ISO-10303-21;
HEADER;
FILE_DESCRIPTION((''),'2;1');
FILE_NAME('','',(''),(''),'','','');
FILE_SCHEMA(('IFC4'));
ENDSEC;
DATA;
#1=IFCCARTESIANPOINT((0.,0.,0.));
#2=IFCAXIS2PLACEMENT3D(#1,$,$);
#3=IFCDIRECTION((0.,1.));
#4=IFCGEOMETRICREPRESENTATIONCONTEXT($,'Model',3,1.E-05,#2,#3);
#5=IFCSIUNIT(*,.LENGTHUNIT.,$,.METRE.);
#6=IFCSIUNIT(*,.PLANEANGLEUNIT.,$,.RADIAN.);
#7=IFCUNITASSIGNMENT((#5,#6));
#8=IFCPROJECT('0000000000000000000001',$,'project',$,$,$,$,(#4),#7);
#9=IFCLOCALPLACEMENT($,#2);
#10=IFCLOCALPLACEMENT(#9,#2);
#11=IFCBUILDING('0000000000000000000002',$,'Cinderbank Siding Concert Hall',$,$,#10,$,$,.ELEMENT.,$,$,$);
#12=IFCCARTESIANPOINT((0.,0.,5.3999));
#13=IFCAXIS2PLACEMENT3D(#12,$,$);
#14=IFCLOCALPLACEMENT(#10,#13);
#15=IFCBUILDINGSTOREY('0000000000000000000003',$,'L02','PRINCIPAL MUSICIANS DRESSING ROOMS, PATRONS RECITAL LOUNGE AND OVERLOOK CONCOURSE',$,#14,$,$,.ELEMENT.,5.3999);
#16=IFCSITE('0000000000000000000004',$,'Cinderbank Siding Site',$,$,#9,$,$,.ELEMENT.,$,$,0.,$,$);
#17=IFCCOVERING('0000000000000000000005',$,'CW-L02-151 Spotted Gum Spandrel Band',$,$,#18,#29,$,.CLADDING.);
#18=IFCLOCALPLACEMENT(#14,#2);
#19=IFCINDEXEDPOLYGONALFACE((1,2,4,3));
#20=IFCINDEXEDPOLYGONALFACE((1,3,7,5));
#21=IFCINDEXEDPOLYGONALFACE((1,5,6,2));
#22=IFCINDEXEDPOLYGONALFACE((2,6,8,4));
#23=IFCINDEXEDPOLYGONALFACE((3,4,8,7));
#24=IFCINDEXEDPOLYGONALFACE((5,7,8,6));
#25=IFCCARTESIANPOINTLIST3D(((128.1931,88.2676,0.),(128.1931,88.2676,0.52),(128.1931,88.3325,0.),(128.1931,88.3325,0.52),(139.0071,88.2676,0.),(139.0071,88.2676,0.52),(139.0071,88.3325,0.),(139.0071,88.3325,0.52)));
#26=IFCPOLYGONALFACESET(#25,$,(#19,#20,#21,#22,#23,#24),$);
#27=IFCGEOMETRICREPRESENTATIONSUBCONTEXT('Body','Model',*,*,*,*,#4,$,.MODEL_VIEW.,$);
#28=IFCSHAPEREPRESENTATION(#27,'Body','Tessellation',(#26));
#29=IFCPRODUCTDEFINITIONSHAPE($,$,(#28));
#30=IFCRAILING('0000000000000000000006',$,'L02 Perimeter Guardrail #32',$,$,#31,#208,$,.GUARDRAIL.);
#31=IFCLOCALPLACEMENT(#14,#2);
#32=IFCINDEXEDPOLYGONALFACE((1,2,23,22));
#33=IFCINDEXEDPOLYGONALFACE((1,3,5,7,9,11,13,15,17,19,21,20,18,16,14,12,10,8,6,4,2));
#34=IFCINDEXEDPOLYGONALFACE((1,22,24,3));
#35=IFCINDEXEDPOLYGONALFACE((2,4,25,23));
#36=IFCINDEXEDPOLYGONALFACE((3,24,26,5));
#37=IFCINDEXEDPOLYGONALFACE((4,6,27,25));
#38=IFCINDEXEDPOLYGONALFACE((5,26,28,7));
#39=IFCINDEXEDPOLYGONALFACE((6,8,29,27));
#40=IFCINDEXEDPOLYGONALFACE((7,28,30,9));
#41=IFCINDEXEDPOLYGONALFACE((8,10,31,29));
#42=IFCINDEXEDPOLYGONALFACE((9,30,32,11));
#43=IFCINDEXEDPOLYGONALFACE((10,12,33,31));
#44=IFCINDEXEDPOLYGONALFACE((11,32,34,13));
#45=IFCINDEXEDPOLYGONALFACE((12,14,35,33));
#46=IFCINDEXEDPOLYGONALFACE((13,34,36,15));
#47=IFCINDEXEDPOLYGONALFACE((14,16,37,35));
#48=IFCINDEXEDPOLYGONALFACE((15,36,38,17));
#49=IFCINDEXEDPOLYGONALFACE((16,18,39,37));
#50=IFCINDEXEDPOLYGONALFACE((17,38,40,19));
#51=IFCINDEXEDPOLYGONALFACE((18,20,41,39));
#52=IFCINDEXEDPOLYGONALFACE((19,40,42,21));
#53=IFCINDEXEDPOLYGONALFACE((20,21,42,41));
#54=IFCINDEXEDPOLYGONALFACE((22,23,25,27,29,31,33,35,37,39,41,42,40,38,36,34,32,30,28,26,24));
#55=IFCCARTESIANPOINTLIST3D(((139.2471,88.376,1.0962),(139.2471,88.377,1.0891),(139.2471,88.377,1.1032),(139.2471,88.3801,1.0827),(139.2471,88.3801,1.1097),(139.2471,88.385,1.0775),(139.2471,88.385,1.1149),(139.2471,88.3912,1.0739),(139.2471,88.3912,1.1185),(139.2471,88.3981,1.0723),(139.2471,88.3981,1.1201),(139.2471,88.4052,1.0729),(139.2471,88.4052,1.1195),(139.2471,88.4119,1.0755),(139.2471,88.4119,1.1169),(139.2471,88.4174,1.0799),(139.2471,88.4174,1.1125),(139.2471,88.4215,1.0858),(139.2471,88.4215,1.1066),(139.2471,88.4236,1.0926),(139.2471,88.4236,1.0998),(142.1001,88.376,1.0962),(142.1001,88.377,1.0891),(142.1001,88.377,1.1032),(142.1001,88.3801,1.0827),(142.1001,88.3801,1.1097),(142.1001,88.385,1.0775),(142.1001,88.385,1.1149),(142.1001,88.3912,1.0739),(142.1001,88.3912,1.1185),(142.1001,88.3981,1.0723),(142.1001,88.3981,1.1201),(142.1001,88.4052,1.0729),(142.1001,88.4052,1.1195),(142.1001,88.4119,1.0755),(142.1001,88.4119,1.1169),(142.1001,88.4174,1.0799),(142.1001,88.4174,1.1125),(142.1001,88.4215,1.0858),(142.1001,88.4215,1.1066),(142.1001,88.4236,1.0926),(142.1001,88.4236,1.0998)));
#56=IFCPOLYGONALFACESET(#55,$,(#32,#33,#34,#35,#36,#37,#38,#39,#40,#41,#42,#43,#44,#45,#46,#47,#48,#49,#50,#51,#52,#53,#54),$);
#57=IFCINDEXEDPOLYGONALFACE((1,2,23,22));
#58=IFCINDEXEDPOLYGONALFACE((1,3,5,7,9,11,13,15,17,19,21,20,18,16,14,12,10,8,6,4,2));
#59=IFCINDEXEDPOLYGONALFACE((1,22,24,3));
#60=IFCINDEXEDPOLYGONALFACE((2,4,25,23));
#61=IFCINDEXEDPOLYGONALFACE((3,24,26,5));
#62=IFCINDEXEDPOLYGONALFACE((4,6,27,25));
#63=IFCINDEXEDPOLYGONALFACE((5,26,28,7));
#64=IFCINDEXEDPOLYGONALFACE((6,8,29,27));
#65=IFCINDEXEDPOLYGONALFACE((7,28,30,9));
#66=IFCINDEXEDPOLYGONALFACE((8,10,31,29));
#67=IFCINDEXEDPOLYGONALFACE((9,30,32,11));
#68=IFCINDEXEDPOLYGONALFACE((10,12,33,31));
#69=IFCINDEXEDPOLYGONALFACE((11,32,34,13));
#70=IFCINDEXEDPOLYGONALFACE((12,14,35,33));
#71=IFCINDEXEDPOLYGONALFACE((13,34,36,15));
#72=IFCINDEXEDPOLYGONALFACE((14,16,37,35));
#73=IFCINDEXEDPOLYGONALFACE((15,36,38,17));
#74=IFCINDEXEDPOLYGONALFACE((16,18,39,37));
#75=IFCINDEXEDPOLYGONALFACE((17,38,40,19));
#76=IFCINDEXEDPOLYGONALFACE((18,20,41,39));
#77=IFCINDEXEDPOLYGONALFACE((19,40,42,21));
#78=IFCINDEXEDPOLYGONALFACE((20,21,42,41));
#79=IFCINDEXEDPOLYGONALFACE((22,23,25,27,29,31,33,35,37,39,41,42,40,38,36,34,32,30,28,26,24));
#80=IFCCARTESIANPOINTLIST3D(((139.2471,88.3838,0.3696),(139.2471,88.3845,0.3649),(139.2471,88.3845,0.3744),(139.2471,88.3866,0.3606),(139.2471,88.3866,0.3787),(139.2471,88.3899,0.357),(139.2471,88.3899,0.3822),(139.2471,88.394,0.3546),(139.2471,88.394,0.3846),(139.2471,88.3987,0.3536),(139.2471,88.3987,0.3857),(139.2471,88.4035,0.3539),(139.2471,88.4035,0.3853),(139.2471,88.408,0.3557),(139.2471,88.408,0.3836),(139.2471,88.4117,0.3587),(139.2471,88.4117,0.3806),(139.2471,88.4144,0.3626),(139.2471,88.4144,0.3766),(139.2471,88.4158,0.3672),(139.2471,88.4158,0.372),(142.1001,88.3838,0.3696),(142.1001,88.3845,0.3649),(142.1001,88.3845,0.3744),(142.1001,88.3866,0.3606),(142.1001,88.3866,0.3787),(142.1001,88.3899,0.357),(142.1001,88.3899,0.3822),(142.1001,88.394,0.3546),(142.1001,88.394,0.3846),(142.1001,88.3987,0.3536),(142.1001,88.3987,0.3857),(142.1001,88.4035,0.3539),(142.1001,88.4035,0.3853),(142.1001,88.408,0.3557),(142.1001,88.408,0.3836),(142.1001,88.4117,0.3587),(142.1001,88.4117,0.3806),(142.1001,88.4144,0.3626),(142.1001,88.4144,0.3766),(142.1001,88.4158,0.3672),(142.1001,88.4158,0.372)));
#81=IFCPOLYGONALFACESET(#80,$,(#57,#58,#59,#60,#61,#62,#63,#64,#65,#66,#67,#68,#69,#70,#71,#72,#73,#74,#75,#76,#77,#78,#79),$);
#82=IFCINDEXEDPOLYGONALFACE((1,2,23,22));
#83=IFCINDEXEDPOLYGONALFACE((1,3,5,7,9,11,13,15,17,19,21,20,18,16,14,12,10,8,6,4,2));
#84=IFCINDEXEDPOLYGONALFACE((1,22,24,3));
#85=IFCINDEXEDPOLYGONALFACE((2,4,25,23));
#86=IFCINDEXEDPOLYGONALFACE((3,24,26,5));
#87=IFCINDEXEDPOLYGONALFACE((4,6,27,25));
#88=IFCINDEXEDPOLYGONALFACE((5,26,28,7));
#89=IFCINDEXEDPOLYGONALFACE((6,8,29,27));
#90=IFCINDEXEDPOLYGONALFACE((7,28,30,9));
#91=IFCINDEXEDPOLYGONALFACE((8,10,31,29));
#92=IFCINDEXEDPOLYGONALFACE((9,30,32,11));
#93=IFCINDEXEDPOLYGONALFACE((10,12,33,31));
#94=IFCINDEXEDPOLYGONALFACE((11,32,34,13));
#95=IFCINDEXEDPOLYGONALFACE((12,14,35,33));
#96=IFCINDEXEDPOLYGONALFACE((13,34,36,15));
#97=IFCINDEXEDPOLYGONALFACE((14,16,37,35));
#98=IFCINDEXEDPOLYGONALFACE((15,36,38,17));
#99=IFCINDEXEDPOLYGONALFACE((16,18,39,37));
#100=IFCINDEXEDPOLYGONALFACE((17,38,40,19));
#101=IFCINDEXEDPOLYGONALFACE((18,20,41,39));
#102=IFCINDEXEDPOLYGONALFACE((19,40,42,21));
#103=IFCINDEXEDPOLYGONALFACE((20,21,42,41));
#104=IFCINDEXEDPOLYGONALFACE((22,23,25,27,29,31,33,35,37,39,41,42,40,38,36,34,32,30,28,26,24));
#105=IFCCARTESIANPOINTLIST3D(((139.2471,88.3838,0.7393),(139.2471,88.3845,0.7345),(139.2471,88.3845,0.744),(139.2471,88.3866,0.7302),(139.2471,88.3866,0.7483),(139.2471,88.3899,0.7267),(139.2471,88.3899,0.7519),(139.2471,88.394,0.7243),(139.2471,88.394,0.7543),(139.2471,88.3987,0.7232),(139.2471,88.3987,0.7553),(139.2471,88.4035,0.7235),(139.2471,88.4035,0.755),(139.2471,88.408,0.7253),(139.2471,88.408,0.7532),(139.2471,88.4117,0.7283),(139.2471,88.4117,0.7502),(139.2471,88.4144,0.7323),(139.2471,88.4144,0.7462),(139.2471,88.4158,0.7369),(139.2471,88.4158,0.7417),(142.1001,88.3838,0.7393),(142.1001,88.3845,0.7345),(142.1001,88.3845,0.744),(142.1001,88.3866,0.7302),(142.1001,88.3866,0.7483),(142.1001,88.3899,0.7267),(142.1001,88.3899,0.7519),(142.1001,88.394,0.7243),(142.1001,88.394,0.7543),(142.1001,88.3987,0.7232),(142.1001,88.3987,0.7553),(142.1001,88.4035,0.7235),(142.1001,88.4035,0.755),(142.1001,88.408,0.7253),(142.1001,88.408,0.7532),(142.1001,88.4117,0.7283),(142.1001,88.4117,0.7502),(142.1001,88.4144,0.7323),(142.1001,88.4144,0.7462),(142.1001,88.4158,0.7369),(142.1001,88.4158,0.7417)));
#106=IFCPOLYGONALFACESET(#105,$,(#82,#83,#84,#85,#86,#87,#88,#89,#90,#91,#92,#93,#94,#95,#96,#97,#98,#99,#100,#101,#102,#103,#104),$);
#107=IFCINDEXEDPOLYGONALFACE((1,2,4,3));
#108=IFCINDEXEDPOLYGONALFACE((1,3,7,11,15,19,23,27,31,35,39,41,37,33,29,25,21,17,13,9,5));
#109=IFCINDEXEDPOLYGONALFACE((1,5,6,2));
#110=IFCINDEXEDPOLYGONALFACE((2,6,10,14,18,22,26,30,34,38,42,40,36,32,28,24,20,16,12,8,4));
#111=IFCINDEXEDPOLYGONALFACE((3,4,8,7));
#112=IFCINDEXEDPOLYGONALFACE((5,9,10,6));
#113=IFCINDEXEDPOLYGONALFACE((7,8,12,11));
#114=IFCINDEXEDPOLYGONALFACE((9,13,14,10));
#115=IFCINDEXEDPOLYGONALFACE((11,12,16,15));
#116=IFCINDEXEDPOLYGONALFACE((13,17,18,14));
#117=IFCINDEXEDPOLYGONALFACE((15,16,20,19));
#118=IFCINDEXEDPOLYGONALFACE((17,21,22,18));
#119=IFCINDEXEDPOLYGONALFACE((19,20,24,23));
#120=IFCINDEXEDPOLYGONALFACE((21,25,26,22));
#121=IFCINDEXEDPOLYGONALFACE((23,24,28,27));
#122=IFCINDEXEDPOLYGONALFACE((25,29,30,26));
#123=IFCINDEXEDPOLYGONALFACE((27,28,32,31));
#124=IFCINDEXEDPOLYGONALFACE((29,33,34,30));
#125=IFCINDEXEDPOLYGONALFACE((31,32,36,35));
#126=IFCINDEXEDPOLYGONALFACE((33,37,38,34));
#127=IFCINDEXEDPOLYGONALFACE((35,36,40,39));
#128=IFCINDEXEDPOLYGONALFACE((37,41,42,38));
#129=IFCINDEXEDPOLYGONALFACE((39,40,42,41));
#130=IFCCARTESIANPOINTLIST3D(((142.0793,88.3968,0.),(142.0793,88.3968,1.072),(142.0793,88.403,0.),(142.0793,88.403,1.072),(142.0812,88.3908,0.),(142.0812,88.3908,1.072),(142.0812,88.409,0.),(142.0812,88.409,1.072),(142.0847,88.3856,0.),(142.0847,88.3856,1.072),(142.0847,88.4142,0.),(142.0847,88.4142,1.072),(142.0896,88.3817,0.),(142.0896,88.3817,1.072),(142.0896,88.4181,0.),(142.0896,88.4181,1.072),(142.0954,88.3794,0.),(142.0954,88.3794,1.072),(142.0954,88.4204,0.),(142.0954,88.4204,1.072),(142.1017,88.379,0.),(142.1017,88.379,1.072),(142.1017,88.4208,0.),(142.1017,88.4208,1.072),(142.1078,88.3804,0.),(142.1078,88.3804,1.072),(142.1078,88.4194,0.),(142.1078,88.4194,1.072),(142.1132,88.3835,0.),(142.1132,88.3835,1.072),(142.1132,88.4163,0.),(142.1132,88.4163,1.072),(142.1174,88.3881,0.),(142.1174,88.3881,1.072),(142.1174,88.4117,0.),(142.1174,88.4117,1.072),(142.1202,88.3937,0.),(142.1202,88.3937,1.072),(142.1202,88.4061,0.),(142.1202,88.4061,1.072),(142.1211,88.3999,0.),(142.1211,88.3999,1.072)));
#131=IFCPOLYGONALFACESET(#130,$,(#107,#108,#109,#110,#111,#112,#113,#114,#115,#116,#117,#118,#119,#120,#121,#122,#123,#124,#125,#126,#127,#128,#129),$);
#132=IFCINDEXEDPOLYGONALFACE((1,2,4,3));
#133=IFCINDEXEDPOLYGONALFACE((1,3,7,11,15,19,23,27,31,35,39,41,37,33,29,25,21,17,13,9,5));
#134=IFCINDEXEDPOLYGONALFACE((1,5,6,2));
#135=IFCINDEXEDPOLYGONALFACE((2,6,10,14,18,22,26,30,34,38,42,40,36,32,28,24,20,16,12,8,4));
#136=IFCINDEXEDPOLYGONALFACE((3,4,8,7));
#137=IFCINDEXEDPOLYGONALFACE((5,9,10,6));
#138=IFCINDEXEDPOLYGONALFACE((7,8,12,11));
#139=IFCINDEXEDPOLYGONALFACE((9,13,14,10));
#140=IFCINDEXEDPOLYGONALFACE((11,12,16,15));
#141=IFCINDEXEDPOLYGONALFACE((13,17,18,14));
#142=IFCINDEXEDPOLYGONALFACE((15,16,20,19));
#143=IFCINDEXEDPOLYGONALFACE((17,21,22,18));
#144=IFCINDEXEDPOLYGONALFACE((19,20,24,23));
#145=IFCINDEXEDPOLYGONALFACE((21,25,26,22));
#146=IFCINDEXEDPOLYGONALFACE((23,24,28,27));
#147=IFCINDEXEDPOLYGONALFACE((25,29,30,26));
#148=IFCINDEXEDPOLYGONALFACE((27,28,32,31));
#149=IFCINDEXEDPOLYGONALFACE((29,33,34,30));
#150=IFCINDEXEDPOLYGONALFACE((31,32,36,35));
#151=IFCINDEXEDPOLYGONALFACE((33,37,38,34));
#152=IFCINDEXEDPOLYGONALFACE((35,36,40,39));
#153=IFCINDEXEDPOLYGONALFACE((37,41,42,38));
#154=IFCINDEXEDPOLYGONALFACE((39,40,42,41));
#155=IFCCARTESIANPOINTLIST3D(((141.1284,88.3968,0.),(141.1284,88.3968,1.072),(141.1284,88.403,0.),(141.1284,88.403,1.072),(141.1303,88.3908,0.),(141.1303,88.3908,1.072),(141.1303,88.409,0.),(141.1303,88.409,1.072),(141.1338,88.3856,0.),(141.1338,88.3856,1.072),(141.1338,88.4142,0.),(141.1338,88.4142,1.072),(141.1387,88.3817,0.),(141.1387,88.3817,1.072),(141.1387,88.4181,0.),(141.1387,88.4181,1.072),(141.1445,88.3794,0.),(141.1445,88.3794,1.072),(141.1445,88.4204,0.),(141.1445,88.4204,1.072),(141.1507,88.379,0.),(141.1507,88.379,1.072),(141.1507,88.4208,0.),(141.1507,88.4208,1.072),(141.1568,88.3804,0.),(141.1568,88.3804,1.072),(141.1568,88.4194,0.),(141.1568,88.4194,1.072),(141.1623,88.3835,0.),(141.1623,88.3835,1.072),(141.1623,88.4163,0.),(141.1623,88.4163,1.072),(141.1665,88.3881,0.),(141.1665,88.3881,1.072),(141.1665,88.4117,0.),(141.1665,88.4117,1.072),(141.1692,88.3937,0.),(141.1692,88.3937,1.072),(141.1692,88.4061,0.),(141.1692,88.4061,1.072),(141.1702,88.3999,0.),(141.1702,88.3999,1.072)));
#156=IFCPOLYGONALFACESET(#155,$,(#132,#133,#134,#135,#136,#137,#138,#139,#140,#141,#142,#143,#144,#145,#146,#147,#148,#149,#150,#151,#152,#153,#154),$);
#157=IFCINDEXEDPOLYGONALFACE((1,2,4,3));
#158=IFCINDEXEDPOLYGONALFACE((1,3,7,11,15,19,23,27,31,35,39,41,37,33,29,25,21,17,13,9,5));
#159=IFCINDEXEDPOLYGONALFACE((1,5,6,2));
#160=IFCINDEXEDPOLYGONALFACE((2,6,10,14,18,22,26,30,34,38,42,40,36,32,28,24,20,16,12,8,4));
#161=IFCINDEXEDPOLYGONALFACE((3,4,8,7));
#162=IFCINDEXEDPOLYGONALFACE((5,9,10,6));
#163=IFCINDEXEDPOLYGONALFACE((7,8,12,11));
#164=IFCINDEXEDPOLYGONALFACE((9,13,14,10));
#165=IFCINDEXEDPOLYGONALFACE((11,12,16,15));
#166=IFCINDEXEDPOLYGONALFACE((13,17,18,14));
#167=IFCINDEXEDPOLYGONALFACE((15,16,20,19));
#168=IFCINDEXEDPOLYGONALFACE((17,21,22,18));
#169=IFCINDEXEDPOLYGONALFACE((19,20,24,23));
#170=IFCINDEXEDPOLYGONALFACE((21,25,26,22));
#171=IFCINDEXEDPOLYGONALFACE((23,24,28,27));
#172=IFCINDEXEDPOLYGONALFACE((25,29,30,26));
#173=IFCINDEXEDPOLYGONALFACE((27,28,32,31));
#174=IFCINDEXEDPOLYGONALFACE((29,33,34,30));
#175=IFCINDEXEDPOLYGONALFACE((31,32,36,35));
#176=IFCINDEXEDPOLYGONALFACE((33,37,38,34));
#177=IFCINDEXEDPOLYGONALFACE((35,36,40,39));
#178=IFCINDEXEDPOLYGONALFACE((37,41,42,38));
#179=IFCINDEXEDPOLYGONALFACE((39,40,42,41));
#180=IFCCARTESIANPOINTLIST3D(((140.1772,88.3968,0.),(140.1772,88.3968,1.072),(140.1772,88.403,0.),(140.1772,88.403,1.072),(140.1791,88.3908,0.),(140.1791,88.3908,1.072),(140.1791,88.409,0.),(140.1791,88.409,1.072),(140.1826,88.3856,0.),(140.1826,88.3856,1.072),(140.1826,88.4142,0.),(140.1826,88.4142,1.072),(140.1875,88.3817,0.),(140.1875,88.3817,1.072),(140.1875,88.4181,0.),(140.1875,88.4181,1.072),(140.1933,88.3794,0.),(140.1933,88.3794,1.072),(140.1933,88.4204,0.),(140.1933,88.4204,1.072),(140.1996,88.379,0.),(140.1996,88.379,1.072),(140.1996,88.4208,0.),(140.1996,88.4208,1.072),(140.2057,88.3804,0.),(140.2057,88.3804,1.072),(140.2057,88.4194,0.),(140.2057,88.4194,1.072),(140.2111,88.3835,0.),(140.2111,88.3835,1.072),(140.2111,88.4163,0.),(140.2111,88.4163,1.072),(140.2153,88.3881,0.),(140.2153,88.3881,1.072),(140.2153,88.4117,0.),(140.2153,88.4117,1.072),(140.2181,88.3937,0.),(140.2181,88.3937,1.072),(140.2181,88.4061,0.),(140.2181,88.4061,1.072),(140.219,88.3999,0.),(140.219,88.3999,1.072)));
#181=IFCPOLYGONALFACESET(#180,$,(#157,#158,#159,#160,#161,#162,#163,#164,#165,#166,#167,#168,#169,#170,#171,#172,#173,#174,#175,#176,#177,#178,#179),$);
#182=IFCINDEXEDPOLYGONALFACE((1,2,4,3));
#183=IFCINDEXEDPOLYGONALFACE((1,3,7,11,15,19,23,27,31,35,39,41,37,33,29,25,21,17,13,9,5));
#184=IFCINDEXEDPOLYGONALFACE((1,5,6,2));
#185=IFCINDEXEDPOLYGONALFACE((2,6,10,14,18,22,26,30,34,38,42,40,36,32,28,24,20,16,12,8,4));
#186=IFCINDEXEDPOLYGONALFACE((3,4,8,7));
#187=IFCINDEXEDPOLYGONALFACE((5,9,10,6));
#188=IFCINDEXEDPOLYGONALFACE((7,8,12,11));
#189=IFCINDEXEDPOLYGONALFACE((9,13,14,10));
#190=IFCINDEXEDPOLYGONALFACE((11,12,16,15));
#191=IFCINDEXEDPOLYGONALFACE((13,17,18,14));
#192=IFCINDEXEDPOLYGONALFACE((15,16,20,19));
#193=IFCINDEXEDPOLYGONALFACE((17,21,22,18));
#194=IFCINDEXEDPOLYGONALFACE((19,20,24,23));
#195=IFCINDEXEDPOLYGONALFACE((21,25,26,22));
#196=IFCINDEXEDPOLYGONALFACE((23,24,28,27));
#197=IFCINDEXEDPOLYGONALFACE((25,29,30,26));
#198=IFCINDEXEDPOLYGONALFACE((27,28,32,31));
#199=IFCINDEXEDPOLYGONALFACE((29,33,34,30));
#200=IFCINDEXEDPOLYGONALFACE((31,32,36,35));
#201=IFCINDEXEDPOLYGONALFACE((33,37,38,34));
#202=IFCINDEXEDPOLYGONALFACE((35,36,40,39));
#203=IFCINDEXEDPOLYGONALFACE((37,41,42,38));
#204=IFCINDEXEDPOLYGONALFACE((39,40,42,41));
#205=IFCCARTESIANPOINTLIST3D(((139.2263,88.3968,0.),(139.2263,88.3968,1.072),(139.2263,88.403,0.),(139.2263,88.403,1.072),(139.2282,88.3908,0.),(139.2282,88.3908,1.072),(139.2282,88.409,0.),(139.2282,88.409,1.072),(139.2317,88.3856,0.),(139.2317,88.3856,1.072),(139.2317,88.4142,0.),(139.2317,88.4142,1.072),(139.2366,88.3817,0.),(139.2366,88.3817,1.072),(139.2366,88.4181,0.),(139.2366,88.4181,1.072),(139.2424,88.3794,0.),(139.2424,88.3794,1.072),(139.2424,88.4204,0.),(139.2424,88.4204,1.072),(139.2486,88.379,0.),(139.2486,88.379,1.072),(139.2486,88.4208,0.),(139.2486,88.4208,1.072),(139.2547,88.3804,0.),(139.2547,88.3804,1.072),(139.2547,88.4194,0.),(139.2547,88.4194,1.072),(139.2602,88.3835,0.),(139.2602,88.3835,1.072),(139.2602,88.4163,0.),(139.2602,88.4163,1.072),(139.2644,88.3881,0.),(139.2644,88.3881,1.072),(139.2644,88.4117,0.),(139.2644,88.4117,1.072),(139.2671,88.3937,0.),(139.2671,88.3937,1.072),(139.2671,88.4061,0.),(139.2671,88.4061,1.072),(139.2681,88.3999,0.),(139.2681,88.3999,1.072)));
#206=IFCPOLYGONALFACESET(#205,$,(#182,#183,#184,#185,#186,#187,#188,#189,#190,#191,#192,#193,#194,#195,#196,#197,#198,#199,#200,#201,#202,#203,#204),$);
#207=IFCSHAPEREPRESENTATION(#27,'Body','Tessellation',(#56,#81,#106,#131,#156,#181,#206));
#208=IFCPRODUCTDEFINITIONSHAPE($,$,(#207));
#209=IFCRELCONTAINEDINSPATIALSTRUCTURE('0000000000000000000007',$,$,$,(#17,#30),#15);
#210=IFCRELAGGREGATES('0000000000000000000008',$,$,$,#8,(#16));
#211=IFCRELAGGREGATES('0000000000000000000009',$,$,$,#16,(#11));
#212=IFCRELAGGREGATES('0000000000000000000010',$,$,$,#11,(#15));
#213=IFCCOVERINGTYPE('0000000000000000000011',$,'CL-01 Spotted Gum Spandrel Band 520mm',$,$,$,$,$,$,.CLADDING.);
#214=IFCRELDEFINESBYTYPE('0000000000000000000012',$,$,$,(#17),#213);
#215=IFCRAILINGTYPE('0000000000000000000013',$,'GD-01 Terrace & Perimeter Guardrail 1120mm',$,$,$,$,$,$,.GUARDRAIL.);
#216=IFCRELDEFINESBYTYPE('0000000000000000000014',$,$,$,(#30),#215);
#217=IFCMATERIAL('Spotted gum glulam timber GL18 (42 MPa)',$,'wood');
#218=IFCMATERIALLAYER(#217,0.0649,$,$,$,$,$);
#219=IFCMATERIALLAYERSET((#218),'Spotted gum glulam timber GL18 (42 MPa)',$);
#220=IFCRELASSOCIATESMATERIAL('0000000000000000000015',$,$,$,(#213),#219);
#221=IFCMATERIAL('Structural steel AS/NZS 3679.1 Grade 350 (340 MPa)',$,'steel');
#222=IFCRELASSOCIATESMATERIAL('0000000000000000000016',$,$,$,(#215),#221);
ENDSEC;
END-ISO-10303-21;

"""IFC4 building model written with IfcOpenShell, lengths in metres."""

from ifc_helpers import new_model, si_unit, direction, frame, origin, origin_2d, place, context, subcontext, project, spatial, rectangle, circle, extrude, material, layer, layer_set, type_object, element, save


model = new_model("IFC4")

# Units and contexts
model_context = context("Model", 3, precision=1e-05, world=origin(), true_north=direction((0.0, 1.0)))
body_context = subcontext(model_context, "Body", "Model", "MODEL_VIEW")
ifc_project = project(units=[si_unit("LENGTHUNIT", "METRE"), si_unit("PLANEANGLEUNIT", "RADIAN")], contexts=[model_context])

# Site, building, storey
site_placement = place(None, origin())
site = spatial("IfcSite", under=ifc_project, at=site_placement, Name="Cinderbank Siding Site", CompositionType="ELEMENT", RefElevation=0.0)
building_placement = place(site_placement, origin())
building = spatial("IfcBuilding", under=site, at=building_placement, Name="Cinderbank Siding Concert Hall", CompositionType="ELEMENT")
storey_placement = place(building_placement, frame((0.0, 0.0, 5.3999)))
storey = spatial("IfcBuildingStorey", under=building, at=storey_placement, Name="L02", Description="PRINCIPAL MUSICIANS DRESSING ROOMS, PATRONS RECITAL LOUNGE AND OVERLOOK CONCOURSE", CompositionType="ELEMENT", Elevation=5.3999)

# Covering
ifc_material_1 = material(Name="Spotted gum glulam timber GL18 (42 MPa)", Category="wood")
ifc_layer_1 = layer(ifc_material_1, 0.0649)
ifc_layer_set_1 = layer_set([ifc_layer_1], Name="Spotted gum glulam timber GL18 (42 MPa)")
covering_type = type_object("IfcCoveringType", Name="CL-01 Spotted Gum Spandrel Band 520mm", PredefinedType="CLADDING", material=ifc_layer_set_1)
covering_placement = place(storey_placement, frame((133.6001, 88.3, 0.0), z_axis=(0.0, 0.0, 1.0), x_axis=(1.0, 0.0, 0.0)))
element("IfcCovering", 1, at=covering_placement, inside=storey, type_object=covering_type, Name="CW-L02-151 Spotted Gum Spandrel Band", PredefinedType="CLADDING", context=body_context, shape_type="SweptSolid", body=[
    extrude(rectangle(XDim=10.814, YDim=0.0649, at=origin_2d()), origin(), (0.0, 0.0, 1.0), 0.52),
])

# Railing
ifc_material_2 = material(Name="Structural steel AS/NZS 3679.1 Grade 350 (340 MPa)", Category="steel")
railing_type = type_object("IfcRailingType", Name="GD-01 Terrace & Perimeter Guardrail 1120mm", PredefinedType="GUARDRAIL", material=ifc_material_2)
railing_placement = place(storey_placement, frame((142.1001, 88.3999, 0.0)))
element("IfcRailing", 2, at=railing_placement, inside=storey, type_object=railing_type, Name="L02 Perimeter Guardrail #32", PredefinedType="GUARDRAIL", context=body_context, shape_type="SweptSolid", body=[
    extrude(circle(Radius=0.0239, at=origin_2d()), frame((0.0, 0.0, 1.0962), z_axis=(-1.0, 0.0, 0.0), x_axis=(0.0, -1.0, 0.0)), (0.0, 0.0, 1.0), 2.853),
    extrude(circle(Radius=0.0161, at=origin_2d()), frame((0.0, 0.0, 0.3696), z_axis=(-1.0, 0.0, 0.0), x_axis=(0.0, -1.0, 0.0)), (0.0, 0.0, 1.0), 2.853),
    extrude(circle(Radius=0.0161, at=origin_2d()), frame((0.0, 0.0, 0.7393), z_axis=(-1.0, 0.0, 0.0), x_axis=(0.0, -1.0, 0.0)), (0.0, 0.0, 1.0), 2.853),
    extrude(circle(Radius=0.021, at=origin_2d()), origin(), (0.0, 0.0, 1.0), 1.072),
    extrude(circle(Radius=0.021, at=origin_2d()), frame((-0.9509, 0.0, 0.0)), (0.0, 0.0, 1.0), 1.072),
    extrude(circle(Radius=0.021, at=origin_2d()), frame((-1.9021, 0.0, 0.0)), (0.0, 0.0, 1.0), 1.072),
    extrude(circle(Radius=0.021, at=origin_2d()), frame((-2.853, 0.0, 0.0)), (0.0, 0.0, 1.0), 1.072),
])

save(model, "model.ifc")
